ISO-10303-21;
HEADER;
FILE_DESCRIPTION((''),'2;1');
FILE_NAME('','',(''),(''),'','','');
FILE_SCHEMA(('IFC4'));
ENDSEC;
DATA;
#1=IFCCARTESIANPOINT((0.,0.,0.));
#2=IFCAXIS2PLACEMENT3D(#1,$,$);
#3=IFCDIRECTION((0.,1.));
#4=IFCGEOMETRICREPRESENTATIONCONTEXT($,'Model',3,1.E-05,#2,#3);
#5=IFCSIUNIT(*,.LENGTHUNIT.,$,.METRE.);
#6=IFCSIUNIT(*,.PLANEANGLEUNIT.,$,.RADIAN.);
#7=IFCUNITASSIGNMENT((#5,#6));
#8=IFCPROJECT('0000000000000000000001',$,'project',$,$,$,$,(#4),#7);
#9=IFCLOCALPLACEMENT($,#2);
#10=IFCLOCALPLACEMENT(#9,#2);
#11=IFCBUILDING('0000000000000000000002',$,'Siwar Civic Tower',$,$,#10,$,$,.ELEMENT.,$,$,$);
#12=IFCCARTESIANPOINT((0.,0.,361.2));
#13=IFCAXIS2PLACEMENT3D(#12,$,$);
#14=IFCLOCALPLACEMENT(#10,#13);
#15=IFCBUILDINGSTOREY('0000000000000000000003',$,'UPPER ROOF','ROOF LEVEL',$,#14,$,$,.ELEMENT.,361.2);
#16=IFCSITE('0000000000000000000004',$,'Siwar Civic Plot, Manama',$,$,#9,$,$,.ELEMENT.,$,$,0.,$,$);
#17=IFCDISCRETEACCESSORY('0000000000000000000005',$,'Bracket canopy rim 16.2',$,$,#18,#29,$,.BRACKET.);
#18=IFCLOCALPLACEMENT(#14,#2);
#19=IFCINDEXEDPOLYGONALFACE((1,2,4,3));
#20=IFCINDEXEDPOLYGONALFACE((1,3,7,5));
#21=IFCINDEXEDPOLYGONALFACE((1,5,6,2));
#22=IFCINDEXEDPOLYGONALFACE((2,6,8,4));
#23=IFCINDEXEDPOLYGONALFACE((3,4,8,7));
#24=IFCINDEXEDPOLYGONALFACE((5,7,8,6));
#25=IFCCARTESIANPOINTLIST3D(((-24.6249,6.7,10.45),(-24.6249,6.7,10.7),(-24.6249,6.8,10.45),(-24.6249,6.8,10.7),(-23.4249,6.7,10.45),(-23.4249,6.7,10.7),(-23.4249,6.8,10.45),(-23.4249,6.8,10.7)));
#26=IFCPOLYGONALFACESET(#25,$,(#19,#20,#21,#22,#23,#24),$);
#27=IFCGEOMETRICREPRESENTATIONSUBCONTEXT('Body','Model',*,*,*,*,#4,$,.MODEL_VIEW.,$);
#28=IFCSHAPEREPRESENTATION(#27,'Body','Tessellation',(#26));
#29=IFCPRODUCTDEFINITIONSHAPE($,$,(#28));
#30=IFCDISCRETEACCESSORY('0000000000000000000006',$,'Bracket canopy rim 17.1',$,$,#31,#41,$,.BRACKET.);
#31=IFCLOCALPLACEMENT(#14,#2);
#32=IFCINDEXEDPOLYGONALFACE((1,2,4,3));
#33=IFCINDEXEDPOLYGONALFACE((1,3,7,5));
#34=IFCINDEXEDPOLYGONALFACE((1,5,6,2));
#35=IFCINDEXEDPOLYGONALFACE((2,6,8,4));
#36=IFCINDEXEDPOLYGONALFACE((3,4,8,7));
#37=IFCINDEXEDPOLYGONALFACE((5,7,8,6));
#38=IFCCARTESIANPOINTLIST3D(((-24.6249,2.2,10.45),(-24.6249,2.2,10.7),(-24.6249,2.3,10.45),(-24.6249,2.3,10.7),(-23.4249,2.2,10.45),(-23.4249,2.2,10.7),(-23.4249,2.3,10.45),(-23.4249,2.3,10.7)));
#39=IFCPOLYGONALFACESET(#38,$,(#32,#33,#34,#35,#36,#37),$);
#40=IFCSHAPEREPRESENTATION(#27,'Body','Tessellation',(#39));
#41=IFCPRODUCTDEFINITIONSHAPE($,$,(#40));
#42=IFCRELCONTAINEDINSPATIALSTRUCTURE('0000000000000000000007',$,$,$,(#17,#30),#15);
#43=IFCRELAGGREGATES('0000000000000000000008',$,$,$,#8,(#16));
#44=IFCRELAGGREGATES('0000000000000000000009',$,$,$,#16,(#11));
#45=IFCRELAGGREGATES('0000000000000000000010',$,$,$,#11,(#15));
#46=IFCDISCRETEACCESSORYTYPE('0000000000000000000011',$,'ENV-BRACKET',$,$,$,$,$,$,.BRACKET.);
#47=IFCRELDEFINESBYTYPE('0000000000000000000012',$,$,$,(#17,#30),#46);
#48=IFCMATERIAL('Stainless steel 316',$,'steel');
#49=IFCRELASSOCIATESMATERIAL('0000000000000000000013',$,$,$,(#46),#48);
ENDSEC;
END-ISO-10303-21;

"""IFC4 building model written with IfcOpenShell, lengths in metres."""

from ifc_helpers import new_model, si_unit, direction, frame, origin, origin_2d, place, context, subcontext, project, spatial, rectangle, extrude, material, type_object, element, save


model = new_model("IFC4")

# Units and contexts
model_context = context("Model", 3, precision=1e-05, world=origin(), true_north=direction((0.0, 1.0)))
body_context = subcontext(model_context, "Body", "Model", "MODEL_VIEW")
ifc_project = project(units=[si_unit("LENGTHUNIT", "METRE"), si_unit("PLANEANGLEUNIT", "RADIAN")], contexts=[model_context])

# Site, building, storey
site_placement = place(None, origin())
site = spatial("IfcSite", under=ifc_project, at=site_placement, Name="Siwar Civic Plot, Manama", CompositionType="ELEMENT", RefElevation=0.0)
building_placement = place(site_placement, origin())
building = spatial("IfcBuilding", under=site, at=building_placement, Name="Siwar Civic Tower", CompositionType="ELEMENT")
storey_placement = place(building_placement, frame((0.0, 0.0, 361.2)))
storey = spatial("IfcBuildingStorey", under=building, at=storey_placement, Name="UPPER ROOF", Description="ROOF LEVEL", CompositionType="ELEMENT", Elevation=361.2)

# Discrete accessories
ifc_material_1 = material(Name="Stainless steel 316", Category="steel")
discrete_accessory_type = type_object("IfcDiscreteAccessoryType", Name="ENV-BRACKET", PredefinedType="BRACKET", material=ifc_material_1)
for number, where, z_axis, x_axis, name in (
    (1, (-24.0249, 6.75, 10.45), (0.0, 0.0, 1.0), (0.0, -1.0, 0.0), "Bracket canopy rim 16.2"),
    (2, (-24.0249, 2.25, 10.45), (0.0, 0.0, 1.0), (0.0, -1.0, 0.0), "Bracket canopy rim 17.1"),
):
    element("IfcDiscreteAccessory", number, at=place(storey_placement, frame(where, z_axis=z_axis, x_axis=x_axis)), inside=storey, type_object=discrete_accessory_type, Name=name, PredefinedType="BRACKET", context=body_context, shape_type="SweptSolid", body=[
        extrude(rectangle(XDim=0.1001, YDim=1.2, at=origin_2d()), origin(), (0.0, 0.0, 1.0), 0.25),
    ])

save(model, "model.ifc")
